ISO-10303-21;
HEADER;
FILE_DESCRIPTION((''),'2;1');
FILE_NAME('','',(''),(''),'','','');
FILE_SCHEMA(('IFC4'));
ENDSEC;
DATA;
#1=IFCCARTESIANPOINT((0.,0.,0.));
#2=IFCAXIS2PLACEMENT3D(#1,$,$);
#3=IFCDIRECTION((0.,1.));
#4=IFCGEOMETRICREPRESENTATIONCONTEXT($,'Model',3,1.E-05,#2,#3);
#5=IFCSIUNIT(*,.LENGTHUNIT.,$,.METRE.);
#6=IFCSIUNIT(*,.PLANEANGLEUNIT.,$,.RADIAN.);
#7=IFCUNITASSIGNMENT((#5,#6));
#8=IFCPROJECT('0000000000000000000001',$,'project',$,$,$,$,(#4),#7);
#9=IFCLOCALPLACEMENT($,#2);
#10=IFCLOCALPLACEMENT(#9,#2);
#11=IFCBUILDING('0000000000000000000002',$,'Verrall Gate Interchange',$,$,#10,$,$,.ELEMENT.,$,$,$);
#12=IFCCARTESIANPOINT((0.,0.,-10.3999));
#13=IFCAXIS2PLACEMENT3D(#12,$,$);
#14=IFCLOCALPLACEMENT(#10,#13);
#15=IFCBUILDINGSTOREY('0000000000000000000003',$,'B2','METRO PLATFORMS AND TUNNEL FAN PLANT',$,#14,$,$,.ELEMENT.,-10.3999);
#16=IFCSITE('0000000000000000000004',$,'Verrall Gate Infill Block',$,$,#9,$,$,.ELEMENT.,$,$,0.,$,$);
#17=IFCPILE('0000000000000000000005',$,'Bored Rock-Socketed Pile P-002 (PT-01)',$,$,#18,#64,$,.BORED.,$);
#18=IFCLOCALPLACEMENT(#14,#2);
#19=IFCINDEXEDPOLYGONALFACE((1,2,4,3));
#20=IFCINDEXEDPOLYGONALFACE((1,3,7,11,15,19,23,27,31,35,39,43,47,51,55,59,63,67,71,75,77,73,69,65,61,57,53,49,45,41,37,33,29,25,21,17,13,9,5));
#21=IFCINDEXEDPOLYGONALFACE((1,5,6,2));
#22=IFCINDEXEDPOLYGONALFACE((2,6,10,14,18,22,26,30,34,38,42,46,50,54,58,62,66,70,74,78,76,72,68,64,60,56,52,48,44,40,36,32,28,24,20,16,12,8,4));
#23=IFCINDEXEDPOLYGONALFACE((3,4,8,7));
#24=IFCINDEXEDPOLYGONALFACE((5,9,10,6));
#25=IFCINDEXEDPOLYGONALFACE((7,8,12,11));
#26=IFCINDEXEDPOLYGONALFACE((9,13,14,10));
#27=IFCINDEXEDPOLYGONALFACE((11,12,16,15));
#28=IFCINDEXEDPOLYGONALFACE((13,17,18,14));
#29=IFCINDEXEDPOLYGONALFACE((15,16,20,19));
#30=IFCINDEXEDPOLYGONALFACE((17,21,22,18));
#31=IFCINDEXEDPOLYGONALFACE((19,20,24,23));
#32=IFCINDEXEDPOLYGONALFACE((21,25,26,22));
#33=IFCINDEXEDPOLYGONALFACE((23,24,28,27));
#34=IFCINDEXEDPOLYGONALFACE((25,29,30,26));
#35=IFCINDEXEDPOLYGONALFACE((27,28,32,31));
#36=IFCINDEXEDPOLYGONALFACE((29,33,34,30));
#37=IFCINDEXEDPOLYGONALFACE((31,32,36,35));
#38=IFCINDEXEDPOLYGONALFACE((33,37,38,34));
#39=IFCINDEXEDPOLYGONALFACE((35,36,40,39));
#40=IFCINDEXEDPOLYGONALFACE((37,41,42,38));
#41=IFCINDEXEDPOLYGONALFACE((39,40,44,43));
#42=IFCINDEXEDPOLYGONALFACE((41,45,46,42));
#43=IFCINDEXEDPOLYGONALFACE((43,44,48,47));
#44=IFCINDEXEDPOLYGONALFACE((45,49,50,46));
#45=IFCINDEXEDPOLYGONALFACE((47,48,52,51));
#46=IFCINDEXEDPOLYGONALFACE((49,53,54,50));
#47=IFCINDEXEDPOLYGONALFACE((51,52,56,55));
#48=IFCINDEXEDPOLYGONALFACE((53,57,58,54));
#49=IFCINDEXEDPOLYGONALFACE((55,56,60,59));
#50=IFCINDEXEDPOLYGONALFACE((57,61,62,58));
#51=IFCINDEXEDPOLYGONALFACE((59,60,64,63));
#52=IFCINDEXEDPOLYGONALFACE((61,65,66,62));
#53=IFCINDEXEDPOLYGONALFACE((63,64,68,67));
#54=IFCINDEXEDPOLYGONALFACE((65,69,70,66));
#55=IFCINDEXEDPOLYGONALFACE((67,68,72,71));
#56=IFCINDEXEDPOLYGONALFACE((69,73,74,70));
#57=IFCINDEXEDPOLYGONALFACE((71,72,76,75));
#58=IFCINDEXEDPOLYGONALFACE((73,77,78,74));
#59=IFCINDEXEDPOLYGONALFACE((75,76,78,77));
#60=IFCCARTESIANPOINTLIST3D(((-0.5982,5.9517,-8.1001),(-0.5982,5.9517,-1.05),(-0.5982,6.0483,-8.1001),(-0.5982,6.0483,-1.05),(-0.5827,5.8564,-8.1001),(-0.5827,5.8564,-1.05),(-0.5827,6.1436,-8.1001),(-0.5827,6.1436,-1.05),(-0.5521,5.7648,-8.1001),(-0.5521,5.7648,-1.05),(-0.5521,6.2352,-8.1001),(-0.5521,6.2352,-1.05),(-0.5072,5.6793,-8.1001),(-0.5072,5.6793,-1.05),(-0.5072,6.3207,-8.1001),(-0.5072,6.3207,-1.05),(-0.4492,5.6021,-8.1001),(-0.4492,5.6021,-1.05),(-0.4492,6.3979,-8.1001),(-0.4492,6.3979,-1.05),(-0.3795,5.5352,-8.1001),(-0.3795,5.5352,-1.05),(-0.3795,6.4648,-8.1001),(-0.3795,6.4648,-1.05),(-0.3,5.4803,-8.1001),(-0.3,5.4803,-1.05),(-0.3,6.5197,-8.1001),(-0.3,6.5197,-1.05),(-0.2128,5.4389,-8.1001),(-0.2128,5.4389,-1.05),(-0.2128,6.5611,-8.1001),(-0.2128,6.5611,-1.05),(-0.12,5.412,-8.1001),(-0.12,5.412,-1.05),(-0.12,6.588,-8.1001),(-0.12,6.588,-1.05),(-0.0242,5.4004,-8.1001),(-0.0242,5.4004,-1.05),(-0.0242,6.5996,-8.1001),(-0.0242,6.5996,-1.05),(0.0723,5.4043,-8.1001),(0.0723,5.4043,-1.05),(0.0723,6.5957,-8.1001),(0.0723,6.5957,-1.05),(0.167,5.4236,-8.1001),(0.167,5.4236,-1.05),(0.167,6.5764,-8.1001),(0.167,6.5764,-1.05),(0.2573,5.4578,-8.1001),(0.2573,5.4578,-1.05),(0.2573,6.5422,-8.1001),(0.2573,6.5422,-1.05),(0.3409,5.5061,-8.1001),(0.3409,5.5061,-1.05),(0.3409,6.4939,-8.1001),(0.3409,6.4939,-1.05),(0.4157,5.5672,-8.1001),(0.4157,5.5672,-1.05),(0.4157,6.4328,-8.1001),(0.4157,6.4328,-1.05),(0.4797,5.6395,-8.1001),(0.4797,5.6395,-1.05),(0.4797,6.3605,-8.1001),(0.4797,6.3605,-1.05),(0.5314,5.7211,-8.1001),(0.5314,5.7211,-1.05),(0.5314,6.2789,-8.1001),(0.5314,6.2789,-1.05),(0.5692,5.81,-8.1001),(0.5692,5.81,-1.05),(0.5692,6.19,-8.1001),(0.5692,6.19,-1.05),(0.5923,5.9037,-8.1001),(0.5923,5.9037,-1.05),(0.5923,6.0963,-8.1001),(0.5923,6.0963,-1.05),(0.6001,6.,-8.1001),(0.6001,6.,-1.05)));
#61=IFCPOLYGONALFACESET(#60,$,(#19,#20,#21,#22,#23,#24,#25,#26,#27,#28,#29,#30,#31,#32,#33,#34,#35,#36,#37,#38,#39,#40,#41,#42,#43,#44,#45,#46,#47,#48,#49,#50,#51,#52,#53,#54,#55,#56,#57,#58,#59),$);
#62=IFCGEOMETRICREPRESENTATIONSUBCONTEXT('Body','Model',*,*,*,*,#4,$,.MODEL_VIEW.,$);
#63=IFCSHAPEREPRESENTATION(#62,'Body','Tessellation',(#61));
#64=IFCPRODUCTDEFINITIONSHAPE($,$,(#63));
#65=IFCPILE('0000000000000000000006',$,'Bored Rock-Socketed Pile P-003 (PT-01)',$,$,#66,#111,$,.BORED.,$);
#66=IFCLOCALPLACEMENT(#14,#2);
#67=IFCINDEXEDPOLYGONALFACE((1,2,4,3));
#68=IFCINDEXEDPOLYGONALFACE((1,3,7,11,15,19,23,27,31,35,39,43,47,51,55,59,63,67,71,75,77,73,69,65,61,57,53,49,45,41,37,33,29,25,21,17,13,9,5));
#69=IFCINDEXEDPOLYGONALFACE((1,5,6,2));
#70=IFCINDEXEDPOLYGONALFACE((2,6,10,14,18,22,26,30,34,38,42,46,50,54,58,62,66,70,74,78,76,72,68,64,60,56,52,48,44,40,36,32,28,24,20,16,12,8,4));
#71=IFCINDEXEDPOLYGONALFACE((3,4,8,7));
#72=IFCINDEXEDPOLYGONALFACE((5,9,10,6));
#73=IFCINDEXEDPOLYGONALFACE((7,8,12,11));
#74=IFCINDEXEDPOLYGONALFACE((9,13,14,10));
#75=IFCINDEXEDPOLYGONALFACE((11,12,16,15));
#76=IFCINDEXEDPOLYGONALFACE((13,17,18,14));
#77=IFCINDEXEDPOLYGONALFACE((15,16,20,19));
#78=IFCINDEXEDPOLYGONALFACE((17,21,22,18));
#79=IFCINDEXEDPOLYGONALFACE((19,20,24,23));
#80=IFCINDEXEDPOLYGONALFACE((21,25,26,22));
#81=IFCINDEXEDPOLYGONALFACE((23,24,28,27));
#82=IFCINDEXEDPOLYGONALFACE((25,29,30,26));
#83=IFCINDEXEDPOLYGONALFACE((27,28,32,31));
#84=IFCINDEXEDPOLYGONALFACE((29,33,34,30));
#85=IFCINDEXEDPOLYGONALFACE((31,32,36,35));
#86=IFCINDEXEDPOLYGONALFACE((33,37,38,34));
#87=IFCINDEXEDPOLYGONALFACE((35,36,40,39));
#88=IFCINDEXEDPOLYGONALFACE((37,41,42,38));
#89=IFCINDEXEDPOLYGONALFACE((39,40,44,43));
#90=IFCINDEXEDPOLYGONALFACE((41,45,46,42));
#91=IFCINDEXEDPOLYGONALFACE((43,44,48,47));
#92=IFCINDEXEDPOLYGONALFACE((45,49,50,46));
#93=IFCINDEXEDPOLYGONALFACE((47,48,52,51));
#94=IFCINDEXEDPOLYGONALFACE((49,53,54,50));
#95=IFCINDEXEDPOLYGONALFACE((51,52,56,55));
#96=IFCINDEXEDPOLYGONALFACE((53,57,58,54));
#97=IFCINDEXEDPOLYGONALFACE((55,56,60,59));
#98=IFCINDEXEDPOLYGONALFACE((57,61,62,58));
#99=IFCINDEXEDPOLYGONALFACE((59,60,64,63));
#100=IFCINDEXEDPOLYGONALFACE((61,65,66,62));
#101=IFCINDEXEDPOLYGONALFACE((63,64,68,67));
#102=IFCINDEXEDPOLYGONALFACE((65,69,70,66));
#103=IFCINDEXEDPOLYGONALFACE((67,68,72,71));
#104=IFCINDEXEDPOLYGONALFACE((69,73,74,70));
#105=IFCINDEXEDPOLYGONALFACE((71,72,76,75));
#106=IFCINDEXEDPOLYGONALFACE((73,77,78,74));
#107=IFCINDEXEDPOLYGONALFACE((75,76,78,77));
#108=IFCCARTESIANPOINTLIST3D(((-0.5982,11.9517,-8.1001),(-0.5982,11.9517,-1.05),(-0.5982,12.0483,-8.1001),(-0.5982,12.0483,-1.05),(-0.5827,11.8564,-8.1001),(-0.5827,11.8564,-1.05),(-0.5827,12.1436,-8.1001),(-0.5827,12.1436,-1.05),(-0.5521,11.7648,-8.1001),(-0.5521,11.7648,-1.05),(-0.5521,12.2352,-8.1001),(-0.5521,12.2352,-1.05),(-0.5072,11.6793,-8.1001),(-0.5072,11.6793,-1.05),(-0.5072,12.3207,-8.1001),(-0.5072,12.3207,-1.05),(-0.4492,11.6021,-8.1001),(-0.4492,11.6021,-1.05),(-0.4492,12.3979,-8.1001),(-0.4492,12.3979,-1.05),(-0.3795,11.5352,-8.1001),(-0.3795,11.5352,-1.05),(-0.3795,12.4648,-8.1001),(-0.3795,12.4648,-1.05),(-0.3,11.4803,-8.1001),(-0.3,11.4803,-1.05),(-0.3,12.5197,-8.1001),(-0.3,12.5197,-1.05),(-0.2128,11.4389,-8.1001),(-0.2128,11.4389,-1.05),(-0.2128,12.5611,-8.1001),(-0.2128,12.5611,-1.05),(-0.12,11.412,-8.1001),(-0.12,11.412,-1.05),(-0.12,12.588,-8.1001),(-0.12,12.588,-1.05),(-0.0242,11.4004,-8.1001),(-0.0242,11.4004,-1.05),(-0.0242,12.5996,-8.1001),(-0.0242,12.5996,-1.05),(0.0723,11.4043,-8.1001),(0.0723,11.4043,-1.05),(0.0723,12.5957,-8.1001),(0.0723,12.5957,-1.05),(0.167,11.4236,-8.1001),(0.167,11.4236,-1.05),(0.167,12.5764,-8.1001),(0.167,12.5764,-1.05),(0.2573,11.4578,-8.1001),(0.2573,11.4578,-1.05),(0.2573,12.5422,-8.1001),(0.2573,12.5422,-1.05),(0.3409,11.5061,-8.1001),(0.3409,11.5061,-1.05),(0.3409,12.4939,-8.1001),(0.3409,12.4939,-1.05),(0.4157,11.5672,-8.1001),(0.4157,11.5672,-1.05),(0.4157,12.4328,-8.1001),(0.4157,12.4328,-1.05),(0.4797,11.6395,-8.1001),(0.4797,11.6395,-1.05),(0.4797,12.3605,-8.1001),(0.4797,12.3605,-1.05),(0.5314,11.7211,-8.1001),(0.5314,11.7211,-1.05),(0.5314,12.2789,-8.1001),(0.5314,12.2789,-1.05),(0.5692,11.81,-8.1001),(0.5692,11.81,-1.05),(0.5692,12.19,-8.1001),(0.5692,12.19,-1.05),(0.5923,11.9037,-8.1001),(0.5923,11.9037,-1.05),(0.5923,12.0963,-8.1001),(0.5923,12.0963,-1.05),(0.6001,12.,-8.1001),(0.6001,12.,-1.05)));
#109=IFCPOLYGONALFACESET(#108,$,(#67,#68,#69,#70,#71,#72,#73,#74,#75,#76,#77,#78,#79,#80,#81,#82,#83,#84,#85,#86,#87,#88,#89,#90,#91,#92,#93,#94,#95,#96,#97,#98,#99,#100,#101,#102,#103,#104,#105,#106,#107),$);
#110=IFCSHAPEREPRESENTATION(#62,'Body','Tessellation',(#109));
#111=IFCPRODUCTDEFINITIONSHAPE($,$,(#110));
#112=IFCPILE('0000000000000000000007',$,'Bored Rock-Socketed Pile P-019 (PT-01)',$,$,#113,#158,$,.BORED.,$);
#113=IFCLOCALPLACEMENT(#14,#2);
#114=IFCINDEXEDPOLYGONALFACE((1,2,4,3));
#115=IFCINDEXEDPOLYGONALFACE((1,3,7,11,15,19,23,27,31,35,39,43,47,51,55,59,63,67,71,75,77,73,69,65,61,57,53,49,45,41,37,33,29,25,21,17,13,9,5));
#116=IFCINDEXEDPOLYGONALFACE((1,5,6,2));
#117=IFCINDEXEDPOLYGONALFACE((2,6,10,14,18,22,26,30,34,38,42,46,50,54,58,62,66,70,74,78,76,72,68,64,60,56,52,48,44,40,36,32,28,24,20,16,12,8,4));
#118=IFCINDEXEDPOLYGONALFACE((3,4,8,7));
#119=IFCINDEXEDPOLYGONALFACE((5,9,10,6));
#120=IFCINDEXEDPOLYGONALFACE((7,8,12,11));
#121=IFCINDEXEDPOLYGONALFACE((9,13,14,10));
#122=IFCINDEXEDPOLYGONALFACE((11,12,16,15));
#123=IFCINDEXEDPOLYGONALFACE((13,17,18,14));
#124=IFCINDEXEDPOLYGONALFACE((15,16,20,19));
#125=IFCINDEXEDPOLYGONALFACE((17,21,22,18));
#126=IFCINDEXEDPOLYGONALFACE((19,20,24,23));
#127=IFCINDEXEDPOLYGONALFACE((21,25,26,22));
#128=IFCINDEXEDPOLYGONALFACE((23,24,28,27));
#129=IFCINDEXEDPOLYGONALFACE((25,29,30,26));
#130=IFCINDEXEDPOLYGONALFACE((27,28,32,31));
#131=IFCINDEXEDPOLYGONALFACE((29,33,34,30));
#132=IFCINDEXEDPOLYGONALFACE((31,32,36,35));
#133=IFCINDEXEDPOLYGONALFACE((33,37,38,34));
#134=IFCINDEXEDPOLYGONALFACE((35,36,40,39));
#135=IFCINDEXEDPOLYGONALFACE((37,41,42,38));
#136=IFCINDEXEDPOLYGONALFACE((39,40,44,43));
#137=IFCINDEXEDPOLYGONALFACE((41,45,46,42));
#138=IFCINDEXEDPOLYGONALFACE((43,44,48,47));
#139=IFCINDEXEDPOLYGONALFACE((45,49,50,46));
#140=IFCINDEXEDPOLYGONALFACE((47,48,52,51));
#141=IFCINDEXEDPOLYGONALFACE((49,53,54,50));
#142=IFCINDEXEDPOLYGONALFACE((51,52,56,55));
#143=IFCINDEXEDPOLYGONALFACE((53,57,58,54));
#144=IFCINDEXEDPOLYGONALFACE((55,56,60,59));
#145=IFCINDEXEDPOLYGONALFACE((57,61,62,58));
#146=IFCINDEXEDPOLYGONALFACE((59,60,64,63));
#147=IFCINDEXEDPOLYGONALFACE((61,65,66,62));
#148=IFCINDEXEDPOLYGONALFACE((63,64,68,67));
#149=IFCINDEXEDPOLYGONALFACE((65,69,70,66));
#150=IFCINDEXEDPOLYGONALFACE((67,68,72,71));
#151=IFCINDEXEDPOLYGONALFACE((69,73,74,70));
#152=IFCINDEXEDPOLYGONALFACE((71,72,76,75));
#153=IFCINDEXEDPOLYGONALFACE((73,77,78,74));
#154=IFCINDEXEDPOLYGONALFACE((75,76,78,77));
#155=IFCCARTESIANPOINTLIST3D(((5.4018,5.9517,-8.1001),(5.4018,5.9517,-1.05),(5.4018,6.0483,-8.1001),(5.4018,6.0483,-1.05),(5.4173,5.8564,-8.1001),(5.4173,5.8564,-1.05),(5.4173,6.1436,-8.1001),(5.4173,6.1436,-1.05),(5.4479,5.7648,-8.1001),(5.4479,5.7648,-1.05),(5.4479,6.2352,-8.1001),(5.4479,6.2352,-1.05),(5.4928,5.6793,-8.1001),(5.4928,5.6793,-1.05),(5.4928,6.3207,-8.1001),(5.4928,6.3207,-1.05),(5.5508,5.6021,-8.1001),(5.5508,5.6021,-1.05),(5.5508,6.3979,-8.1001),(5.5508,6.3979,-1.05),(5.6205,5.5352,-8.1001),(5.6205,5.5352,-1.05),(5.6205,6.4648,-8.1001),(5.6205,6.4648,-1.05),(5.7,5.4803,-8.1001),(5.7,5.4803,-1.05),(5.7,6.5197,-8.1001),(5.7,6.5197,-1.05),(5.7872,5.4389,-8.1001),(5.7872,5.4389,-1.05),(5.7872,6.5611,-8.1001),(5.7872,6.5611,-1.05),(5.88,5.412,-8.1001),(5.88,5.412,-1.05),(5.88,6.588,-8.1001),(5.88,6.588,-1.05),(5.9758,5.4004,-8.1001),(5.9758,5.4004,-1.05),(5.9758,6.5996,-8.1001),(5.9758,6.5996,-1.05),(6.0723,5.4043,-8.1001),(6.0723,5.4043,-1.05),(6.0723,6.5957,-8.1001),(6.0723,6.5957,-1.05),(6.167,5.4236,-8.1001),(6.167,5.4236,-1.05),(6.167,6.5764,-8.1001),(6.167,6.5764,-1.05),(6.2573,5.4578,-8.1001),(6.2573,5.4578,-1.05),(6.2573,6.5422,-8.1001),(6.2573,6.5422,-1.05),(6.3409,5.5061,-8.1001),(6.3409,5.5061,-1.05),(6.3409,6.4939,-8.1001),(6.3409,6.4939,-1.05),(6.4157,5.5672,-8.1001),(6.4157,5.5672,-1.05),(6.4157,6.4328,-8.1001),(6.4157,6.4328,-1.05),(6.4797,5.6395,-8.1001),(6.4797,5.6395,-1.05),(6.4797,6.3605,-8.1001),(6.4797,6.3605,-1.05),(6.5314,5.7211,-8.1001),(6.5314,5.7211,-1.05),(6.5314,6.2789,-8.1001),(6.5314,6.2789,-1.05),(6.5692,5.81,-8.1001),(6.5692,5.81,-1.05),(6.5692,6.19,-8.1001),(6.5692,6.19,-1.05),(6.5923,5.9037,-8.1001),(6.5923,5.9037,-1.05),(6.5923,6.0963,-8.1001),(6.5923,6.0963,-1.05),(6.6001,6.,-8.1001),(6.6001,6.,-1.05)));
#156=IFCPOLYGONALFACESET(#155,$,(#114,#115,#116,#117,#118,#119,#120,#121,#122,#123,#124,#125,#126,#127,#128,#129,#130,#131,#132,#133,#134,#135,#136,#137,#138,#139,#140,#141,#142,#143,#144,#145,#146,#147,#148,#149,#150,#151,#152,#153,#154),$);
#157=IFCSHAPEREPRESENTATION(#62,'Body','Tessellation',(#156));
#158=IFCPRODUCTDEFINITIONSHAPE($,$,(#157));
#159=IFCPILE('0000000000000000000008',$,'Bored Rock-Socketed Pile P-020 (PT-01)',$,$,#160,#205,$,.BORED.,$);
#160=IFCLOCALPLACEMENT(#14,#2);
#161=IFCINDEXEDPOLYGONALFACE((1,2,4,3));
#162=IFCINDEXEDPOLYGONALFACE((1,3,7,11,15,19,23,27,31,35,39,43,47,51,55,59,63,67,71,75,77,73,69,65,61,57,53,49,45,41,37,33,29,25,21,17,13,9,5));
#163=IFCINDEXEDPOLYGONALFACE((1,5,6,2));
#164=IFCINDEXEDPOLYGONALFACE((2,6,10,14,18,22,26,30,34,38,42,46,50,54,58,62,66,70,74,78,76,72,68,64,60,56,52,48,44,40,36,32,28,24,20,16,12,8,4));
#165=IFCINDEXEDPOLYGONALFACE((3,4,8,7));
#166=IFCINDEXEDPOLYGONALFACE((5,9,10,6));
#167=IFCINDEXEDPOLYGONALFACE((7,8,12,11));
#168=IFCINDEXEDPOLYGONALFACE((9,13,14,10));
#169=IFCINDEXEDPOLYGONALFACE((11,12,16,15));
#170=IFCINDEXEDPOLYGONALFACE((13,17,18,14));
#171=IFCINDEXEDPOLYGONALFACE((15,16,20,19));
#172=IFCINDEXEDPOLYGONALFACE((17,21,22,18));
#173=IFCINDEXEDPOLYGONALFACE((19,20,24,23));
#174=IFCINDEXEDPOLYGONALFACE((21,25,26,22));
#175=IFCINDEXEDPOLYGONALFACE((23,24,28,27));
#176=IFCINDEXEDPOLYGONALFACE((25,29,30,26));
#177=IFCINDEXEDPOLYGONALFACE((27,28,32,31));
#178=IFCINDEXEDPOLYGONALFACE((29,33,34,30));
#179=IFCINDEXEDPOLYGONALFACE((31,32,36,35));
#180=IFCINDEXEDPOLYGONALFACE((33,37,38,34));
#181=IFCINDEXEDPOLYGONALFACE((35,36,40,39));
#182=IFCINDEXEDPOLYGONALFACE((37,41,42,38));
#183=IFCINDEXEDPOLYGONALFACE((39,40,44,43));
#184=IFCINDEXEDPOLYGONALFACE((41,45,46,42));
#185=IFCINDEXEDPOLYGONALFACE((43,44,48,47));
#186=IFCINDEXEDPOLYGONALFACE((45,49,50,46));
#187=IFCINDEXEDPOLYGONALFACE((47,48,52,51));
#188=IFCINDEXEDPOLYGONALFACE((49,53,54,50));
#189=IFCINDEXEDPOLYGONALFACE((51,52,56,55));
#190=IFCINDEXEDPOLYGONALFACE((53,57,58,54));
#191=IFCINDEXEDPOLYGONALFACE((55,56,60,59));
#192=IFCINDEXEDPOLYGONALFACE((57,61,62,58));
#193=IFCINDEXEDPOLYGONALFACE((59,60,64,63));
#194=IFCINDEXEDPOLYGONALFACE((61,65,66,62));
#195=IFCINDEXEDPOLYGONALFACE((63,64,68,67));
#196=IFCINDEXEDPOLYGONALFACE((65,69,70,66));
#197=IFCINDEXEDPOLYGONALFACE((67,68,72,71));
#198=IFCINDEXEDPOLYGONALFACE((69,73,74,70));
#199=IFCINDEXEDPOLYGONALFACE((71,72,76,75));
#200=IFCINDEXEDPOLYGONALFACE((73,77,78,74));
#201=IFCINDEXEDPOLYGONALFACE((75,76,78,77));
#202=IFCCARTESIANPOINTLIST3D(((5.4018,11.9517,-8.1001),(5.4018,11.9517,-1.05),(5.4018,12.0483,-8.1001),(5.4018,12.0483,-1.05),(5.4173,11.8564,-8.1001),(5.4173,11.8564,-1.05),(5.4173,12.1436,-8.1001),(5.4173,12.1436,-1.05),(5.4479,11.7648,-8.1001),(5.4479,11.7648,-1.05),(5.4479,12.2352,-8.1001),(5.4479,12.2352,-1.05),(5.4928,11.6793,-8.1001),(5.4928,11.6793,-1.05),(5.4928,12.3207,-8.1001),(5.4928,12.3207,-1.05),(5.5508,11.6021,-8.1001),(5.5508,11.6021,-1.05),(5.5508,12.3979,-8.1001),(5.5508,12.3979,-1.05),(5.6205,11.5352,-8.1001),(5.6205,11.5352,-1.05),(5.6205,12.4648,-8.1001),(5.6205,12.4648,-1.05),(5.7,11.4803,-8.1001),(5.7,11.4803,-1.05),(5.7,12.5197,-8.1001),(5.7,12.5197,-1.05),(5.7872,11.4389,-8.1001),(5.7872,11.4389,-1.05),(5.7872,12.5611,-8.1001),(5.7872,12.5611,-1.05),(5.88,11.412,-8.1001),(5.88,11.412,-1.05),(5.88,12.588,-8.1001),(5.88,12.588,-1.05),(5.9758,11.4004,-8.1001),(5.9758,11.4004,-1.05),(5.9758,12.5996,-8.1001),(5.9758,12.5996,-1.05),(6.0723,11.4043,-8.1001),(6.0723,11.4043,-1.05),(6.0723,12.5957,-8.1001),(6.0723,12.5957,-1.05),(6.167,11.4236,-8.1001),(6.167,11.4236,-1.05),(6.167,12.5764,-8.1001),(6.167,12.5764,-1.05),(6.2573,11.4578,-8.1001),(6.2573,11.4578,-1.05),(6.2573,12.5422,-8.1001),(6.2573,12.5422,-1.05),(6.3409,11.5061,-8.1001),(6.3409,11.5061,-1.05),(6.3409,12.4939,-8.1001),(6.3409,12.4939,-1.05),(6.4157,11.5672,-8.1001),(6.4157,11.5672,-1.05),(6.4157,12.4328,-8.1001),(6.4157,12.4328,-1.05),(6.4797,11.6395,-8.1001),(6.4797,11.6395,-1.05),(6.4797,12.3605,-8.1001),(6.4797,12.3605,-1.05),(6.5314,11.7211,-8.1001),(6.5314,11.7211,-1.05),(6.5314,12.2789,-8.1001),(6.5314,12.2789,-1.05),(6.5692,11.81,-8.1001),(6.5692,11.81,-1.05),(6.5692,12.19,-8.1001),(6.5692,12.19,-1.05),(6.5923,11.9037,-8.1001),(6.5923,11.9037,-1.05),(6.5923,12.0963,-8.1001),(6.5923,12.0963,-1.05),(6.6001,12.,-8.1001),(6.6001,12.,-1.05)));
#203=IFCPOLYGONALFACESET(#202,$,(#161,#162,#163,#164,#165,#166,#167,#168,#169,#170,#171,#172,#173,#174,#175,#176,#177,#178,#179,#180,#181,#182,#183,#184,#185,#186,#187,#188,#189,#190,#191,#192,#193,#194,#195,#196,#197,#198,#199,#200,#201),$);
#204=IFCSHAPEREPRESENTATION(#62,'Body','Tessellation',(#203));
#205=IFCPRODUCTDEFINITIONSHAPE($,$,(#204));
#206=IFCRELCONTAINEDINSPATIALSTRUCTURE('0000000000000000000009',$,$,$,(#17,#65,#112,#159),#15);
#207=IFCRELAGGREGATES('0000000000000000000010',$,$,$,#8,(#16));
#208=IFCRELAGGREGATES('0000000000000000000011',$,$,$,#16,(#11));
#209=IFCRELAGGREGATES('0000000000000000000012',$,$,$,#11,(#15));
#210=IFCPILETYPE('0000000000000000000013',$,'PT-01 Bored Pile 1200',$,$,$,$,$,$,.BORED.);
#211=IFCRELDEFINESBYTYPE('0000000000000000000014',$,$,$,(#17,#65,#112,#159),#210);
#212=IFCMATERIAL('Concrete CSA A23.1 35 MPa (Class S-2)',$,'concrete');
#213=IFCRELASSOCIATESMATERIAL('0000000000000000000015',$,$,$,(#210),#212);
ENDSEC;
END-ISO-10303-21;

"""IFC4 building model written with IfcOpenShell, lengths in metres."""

from ifc_helpers import new_model, si_unit, direction, frame, origin, origin_2d, place, context, subcontext, project, spatial, circle, extrude, material, material_profile, profile_set, type_object, element, save


model = new_model("IFC4")

# Units and contexts
model_context = context("Model", 3, precision=1e-05, world=origin(), true_north=direction((0.0, 1.0)))
body_context = subcontext(model_context, "Body", "Model", "MODEL_VIEW")
ifc_project = project(units=[si_unit("LENGTHUNIT", "METRE"), si_unit("PLANEANGLEUNIT", "RADIAN")], contexts=[model_context])

# Site, building, storey
site_placement = place(None, origin())
site = spatial("IfcSite", under=ifc_project, at=site_placement, Name="Verrall Gate Infill Block", CompositionType="ELEMENT", RefElevation=0.0)
building_placement = place(site_placement, origin())
building = spatial("IfcBuilding", under=site, at=building_placement, Name="Verrall Gate Interchange", CompositionType="ELEMENT")
storey_placement = place(building_placement, frame((0.0, 0.0, -10.3999)))
storey = spatial("IfcBuildingStorey", under=building, at=storey_placement, Name="B2", Description="METRO PLATFORMS AND TUNNEL FAN PLANT", CompositionType="ELEMENT", Elevation=-10.3999)

# Piles
ifc_material_1 = material(Name="Concrete CSA A23.1 35 MPa (Class S-2)", Category="concrete")
ifc_material_profile_1 = material_profile(ifc_material_1, circle(Radius=0.6001, at=origin_2d()), Name="PILE1200D")
ifc_profile_set_1 = profile_set([ifc_material_profile_1], Name="Concrete CSA A23.1 35 MPa (Class S-2)")
pile_type = type_object("IfcPileType", Name="PT-01 Bored Pile 1200", PredefinedType="BORED", material=ifc_profile_set_1)
for number, where, z_axis, x_axis, name in (
    (1, (0.0, 6.0, -1.05), (0.0, 0.0, -1.0), (1.0, 0.0, 0.0), "Bored Rock-Socketed Pile P-002 (PT-01)"),
    (2, (0.0, 12.0, -1.05), (0.0, 0.0, -1.0), (1.0, 0.0, 0.0), "Bored Rock-Socketed Pile P-003 (PT-01)"),
    (3, (6.0, 6.0, -1.05), (0.0, 0.0, -1.0), (1.0, 0.0, 0.0), "Bored Rock-Socketed Pile P-019 (PT-01)"),
    (4, (6.0, 12.0, -1.05), (0.0, 0.0, -1.0), (1.0, 0.0, 0.0), "Bored Rock-Socketed Pile P-020 (PT-01)"),
):
    element("IfcPile", number, at=place(storey_placement, frame(where, z_axis=z_axis, x_axis=x_axis)), inside=storey, type_object=pile_type, Name=name, PredefinedType="BORED", context=body_context, shape_type="SweptSolid", body=[
        extrude(circle(Radius=0.6001, at=origin_2d()), origin(), (0.0, 0.0, 1.0), 7.05),
    ])

save(model, "model.ifc")
